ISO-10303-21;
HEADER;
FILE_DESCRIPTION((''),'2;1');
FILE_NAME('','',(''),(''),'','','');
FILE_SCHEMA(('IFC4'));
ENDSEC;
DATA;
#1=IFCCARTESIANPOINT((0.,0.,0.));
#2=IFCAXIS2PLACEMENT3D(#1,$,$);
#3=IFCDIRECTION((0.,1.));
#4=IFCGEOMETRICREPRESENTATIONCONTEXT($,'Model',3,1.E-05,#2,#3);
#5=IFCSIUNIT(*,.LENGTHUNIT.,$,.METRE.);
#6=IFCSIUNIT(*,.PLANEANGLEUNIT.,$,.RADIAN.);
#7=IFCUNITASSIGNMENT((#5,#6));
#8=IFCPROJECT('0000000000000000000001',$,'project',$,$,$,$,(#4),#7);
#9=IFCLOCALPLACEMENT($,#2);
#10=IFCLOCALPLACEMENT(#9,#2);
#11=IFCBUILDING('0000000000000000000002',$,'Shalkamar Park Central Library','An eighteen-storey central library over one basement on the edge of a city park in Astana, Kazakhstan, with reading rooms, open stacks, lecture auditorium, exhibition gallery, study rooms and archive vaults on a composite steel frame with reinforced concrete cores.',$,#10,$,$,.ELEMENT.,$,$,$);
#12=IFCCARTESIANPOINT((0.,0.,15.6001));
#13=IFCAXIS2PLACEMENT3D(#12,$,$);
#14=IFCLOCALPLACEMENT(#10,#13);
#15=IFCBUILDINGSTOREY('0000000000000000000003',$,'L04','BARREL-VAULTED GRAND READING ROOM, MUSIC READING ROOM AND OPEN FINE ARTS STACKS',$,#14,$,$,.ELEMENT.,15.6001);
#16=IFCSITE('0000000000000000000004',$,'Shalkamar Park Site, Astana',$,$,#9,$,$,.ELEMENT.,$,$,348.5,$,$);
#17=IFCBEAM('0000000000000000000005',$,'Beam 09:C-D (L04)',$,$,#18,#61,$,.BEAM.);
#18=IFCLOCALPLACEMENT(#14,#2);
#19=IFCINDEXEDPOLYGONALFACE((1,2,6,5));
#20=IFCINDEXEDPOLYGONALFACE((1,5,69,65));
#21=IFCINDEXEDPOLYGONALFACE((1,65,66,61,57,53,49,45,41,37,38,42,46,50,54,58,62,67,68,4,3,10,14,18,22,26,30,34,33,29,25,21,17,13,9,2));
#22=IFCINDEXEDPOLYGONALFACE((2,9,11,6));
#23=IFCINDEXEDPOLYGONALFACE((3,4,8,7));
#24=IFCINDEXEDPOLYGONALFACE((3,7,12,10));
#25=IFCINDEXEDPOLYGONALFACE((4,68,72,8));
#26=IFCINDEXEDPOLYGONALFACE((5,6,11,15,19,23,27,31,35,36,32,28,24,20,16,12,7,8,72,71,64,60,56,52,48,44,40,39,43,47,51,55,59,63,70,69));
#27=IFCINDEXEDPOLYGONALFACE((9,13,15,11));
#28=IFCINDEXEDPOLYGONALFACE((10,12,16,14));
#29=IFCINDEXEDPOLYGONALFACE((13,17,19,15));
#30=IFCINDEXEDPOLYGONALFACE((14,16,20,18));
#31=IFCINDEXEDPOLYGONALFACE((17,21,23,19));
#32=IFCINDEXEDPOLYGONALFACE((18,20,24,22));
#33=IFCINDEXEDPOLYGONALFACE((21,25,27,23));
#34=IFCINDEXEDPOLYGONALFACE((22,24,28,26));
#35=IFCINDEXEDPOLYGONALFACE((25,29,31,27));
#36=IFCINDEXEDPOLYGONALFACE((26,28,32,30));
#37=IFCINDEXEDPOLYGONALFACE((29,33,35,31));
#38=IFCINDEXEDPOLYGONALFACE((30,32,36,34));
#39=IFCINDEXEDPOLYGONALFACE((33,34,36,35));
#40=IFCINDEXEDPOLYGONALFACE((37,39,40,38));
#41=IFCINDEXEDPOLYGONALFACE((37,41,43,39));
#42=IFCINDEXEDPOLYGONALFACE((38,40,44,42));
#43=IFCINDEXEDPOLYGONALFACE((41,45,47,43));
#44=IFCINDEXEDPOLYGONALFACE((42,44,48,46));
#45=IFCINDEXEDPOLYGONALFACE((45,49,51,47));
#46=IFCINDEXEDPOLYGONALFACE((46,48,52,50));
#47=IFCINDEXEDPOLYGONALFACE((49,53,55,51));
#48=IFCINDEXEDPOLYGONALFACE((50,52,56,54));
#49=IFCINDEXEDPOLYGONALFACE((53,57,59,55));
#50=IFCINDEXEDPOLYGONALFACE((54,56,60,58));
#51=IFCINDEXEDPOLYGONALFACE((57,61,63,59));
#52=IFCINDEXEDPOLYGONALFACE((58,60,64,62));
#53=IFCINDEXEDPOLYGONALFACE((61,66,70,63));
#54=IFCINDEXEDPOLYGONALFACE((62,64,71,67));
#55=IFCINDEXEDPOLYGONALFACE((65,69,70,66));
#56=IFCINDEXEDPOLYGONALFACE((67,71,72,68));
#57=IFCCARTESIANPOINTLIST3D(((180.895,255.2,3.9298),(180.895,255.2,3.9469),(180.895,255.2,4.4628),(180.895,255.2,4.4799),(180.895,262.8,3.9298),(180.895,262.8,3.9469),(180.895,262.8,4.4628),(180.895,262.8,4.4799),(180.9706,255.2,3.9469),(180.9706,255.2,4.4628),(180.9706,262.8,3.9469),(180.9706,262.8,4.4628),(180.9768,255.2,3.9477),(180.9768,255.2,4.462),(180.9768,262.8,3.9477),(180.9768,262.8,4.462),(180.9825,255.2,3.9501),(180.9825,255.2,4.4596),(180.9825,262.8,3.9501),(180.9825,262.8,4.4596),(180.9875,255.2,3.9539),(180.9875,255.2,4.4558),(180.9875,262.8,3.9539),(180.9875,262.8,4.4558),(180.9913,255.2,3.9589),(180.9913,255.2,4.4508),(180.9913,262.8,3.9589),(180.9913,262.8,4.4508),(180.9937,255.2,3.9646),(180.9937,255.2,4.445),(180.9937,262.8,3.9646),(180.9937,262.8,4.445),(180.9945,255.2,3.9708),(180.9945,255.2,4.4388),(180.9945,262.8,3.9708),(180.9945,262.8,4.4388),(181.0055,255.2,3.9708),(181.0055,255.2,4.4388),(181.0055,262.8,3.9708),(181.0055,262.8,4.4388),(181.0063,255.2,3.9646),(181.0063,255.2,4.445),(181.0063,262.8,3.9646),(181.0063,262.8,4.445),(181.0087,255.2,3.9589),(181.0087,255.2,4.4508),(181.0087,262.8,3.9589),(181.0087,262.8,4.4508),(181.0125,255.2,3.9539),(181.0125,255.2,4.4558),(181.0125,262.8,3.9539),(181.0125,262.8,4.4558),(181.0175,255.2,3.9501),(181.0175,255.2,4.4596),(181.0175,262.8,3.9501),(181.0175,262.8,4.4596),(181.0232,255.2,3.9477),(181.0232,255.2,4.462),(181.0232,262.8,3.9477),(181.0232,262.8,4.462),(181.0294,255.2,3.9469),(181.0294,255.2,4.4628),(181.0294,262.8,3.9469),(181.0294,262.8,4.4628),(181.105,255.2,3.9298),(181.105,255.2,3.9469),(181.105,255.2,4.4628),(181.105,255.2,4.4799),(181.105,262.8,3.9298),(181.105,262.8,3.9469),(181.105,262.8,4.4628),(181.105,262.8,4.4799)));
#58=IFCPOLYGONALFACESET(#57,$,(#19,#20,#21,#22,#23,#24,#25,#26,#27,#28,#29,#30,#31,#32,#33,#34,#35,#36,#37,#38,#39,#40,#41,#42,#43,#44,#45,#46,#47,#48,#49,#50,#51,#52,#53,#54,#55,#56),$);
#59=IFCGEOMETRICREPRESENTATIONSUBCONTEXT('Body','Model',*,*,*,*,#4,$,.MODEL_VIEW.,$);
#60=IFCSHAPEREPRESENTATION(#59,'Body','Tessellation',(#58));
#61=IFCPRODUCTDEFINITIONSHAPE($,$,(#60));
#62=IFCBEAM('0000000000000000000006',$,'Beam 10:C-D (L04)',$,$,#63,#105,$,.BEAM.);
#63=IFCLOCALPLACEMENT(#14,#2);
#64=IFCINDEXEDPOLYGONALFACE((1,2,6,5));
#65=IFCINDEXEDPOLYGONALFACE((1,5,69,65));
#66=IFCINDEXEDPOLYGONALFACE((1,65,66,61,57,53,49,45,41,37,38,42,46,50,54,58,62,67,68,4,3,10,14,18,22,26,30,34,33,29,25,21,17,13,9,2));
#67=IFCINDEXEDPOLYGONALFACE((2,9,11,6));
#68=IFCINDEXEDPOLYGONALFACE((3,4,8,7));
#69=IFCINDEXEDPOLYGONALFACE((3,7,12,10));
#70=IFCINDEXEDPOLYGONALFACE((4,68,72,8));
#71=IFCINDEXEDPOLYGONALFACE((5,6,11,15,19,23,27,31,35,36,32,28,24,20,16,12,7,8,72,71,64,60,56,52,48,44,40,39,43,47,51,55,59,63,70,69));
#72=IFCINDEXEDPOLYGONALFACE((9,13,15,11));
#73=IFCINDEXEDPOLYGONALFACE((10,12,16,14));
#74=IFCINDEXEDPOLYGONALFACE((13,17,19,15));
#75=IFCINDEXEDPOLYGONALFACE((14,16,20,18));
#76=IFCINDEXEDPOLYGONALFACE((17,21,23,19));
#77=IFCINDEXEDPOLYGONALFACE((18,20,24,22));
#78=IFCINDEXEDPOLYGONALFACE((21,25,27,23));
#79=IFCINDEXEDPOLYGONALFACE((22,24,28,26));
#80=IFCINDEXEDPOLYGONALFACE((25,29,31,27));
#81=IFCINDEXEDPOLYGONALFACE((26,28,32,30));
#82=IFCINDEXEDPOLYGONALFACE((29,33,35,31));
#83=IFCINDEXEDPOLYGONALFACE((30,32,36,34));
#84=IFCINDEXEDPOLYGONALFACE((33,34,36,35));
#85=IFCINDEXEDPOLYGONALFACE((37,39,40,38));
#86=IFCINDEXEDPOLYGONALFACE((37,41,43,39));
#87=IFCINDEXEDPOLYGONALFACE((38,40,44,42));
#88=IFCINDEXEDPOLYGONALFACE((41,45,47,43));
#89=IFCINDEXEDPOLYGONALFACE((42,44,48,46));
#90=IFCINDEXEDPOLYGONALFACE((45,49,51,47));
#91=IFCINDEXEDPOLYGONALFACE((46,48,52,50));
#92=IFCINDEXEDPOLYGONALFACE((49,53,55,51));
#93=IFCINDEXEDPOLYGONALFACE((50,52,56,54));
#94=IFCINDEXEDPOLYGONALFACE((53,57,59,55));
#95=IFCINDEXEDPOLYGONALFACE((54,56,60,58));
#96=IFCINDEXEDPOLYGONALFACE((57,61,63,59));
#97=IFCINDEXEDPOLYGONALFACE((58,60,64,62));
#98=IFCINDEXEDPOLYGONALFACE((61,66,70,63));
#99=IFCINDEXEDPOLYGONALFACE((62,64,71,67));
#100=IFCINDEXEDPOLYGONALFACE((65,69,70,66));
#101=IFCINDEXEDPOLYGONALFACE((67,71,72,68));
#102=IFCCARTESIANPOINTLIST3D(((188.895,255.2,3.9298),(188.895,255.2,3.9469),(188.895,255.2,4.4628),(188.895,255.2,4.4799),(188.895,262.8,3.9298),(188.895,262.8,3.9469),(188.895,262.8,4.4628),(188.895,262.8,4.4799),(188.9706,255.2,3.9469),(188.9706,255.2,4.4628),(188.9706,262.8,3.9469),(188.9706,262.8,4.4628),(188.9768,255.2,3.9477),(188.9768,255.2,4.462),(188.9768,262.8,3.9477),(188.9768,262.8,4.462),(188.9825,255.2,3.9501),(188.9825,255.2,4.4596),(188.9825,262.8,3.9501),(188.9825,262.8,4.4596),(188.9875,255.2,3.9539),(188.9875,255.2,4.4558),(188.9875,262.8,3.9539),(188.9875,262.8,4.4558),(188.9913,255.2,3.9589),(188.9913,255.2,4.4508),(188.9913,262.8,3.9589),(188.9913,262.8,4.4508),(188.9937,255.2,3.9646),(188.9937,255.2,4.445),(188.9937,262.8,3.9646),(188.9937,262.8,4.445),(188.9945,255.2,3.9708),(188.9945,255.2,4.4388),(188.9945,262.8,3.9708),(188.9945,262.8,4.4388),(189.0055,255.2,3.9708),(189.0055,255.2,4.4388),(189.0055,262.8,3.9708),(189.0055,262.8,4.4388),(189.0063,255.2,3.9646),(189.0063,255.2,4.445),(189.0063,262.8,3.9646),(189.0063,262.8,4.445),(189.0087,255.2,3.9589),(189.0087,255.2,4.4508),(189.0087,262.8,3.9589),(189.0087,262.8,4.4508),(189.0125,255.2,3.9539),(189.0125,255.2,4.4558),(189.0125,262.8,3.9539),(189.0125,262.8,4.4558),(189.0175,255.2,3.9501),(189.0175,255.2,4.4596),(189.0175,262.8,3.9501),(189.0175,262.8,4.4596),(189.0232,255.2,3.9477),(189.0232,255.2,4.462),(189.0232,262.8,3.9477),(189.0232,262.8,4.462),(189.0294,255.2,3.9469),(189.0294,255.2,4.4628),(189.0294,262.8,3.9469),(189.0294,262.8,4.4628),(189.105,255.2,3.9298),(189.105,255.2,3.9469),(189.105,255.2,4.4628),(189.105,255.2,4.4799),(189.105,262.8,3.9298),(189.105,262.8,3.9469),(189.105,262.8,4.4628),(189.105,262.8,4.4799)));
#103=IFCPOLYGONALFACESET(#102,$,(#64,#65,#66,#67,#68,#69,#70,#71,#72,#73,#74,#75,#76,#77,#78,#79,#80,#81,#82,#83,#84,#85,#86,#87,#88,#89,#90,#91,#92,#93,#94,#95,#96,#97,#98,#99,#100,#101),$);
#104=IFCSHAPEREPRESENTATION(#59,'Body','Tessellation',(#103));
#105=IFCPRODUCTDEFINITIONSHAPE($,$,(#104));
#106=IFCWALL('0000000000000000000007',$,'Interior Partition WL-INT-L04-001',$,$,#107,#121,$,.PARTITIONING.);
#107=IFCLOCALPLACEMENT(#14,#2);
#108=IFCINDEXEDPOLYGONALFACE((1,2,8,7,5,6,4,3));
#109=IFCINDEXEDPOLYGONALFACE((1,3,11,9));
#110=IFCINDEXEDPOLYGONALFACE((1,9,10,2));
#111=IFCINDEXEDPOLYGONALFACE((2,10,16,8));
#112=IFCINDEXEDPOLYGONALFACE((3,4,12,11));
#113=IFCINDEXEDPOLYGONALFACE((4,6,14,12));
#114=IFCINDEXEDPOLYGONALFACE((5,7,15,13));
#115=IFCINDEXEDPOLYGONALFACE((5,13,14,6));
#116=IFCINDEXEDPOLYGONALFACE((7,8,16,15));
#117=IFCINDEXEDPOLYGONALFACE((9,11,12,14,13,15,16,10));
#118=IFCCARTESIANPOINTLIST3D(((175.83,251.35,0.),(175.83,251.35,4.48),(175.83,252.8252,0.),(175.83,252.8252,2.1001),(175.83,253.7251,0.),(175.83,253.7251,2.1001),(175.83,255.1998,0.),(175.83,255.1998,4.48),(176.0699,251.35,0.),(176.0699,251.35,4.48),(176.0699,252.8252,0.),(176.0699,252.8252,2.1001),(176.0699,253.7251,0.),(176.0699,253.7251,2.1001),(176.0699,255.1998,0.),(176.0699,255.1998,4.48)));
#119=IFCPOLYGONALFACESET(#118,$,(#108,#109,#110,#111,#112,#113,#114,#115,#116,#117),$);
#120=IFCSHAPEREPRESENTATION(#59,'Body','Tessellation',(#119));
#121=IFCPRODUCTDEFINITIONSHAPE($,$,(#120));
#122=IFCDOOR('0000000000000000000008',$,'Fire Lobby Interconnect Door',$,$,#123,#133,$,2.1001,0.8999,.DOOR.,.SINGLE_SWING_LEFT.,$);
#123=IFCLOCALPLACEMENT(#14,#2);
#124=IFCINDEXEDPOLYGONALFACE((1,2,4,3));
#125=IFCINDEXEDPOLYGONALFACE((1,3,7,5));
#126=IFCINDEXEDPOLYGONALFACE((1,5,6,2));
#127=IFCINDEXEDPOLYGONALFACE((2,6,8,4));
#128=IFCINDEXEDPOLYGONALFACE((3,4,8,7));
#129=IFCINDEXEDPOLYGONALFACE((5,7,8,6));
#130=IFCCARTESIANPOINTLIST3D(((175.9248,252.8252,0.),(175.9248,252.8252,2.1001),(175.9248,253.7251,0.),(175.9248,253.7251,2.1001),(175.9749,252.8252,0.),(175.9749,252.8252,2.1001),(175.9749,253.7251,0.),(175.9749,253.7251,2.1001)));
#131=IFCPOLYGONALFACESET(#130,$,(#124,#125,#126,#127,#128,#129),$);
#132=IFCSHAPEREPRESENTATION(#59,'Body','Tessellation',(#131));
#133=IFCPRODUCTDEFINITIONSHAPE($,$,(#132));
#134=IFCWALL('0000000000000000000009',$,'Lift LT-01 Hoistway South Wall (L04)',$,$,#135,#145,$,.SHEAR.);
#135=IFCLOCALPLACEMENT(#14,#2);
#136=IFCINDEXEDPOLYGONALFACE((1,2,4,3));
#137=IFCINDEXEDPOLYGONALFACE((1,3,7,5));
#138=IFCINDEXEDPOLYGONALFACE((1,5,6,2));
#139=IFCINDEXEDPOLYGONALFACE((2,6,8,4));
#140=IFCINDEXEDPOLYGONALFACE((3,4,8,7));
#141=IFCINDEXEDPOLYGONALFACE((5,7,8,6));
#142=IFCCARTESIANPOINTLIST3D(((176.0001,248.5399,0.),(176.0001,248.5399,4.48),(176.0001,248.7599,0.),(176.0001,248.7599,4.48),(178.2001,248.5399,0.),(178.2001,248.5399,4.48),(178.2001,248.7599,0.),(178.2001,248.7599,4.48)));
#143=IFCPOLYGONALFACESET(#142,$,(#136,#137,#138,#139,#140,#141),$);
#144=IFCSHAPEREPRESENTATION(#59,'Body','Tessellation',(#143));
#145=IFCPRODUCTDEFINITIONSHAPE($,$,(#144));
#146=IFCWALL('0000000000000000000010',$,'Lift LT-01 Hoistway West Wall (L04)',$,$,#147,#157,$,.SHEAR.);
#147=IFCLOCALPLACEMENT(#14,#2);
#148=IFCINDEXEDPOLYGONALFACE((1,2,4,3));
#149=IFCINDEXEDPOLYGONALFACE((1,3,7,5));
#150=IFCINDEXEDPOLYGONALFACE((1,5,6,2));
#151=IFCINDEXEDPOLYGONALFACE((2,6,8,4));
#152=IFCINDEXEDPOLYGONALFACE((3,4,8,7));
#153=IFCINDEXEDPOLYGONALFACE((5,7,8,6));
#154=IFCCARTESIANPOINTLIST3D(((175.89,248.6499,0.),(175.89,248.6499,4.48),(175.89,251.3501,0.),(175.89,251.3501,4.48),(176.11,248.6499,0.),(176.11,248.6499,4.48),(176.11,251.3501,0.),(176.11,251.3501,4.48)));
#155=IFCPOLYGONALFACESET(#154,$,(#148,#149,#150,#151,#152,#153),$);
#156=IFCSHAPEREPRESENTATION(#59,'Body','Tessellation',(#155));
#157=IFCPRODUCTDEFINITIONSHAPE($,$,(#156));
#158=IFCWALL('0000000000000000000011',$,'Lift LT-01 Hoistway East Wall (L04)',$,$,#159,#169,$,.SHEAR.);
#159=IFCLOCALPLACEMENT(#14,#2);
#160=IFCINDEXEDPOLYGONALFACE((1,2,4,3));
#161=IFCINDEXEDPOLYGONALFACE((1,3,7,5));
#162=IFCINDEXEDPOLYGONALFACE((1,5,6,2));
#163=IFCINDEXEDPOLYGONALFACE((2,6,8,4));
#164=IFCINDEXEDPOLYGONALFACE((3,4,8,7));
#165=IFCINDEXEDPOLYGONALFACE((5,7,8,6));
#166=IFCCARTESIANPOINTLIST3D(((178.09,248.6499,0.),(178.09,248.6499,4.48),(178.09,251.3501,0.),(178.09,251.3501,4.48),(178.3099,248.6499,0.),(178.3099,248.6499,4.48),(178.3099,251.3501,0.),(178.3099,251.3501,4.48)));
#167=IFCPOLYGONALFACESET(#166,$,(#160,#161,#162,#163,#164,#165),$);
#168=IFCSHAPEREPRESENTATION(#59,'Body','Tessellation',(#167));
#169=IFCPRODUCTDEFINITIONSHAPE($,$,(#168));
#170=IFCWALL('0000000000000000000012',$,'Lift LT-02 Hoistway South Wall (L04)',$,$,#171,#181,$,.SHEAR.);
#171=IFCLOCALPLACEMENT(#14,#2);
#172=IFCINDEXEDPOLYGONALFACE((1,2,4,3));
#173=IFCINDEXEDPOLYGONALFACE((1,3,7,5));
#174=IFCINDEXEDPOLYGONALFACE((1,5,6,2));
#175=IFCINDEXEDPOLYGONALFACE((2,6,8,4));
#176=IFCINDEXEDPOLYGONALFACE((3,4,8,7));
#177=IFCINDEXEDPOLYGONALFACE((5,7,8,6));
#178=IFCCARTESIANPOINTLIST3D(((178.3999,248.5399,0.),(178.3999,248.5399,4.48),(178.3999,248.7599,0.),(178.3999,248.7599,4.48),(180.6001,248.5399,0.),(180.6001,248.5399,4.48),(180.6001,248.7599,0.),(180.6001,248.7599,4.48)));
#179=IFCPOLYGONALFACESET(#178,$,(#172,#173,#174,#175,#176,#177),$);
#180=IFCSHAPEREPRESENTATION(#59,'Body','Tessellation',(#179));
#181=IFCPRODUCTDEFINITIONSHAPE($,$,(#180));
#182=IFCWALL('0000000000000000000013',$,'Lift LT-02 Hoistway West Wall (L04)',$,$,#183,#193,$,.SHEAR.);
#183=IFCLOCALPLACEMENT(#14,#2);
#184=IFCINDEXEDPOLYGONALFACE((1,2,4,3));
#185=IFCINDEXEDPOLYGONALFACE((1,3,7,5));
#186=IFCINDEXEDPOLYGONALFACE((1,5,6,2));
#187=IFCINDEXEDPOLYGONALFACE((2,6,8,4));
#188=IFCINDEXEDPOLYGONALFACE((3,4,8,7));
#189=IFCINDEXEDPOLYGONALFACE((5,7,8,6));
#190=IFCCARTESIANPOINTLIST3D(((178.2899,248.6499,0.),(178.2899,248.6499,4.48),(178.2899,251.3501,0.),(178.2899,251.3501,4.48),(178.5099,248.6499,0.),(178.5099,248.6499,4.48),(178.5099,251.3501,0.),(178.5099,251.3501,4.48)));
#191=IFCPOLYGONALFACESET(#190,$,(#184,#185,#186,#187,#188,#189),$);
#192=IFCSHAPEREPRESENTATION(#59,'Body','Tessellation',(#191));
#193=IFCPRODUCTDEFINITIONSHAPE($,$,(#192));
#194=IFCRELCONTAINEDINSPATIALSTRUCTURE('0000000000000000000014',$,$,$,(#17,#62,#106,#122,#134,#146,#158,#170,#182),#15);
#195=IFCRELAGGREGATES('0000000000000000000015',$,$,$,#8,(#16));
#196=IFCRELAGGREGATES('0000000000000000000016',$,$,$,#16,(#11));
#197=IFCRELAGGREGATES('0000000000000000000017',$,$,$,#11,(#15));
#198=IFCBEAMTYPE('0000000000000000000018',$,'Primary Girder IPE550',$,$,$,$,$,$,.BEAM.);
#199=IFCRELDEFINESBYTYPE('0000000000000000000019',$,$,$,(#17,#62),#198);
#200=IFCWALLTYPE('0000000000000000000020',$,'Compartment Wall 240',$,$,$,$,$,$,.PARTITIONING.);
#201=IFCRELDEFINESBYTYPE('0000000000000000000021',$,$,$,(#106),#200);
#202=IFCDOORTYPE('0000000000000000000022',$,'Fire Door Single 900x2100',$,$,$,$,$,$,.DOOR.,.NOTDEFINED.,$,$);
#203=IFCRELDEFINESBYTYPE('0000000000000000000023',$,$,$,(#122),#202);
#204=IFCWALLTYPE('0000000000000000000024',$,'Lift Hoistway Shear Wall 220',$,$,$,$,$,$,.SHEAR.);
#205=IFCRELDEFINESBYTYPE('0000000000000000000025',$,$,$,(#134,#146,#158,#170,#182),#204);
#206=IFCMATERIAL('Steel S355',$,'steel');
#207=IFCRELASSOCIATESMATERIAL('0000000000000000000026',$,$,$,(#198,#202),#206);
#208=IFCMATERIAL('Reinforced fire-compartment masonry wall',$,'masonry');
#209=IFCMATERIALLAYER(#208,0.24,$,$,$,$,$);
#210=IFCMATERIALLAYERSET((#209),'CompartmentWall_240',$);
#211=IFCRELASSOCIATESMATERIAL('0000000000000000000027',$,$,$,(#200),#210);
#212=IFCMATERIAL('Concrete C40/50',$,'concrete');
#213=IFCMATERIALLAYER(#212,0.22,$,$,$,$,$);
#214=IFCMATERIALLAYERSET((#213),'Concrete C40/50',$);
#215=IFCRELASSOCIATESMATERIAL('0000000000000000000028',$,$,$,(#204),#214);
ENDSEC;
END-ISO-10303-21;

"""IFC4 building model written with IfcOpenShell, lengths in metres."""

from ifc_helpers import new_model, si_unit, direction, frame, frame_2d, origin, origin_2d, place, context, subcontext, project, spatial, rectangle, i_section, extrude, material, layer, layer_set, material_profile, profile_set, type_object, element, fill, save


model = new_model("IFC4")

# Units and contexts
model_context = context("Model", 3, precision=1e-05, world=origin(), true_north=direction((0.0, 1.0)))
body_context = subcontext(model_context, "Body", "Model", "MODEL_VIEW")
ifc_project = project(units=[si_unit("LENGTHUNIT", "METRE"), si_unit("PLANEANGLEUNIT", "RADIAN")], contexts=[model_context])

# Site, building, storey
site_placement = place(None, origin())
site = spatial("IfcSite", under=ifc_project, at=site_placement, Name="Shalkamar Park Site, Astana", CompositionType="ELEMENT", RefElevation=348.5)
building_placement = place(site_placement, origin())
building = spatial("IfcBuilding", under=site, at=building_placement, Name="Shalkamar Park Central Library", Description="An eighteen-storey central library over one basement on the edge of a city park in Astana, Kazakhstan, with reading rooms, open stacks, lecture auditorium, exhibition gallery, study rooms and archive vaults on a composite steel frame with reinforced concrete cores.", CompositionType="ELEMENT")
storey_placement = place(building_placement, frame((0.0, 0.0, 15.6001)))
storey = spatial("IfcBuildingStorey", under=building, at=storey_placement, Name="L04", Description="BARREL-VAULTED GRAND READING ROOM, MUSIC READING ROOM AND OPEN FINE ARTS STACKS", CompositionType="ELEMENT", Elevation=15.6001)

# Shared definitions
ifc_material_1 = material(Name="Steel S355", Category="steel")

# Beams
ifc_material_profile_1 = material_profile(ifc_material_1, i_section(OverallWidth=0.21, OverallDepth=0.55, WebThickness=0.011, FlangeThickness=0.0171, FilletRadius=0.0239, at=origin_2d()), Name="IPE 550")
ifc_profile_set_1 = profile_set([ifc_material_profile_1], Name="Steel S355")
beam_type_1 = type_object("IfcBeamType", Name="Primary Girder IPE550", PredefinedType="BEAM", material=ifc_profile_set_1)
for number, where, z_axis, x_axis, name in (
    (1, (181.0, 255.2, 4.2048), (0.0, 1.0, 0.0), (-1.0, 0.0, 0.0), "Beam 09:C-D (L04)"),
    (2, (189.0, 255.2, 4.2048), (0.0, 1.0, 0.0), (-1.0, 0.0, 0.0), "Beam 10:C-D (L04)"),
):
    element("IfcBeam", number, at=place(storey_placement, frame(where, z_axis=z_axis, x_axis=x_axis)), inside=storey, type_object=beam_type_1, Name=name, PredefinedType="BEAM", context=body_context, shape_type="SweptSolid", body=[
        extrude(i_section(OverallWidth=0.21, OverallDepth=0.55, WebThickness=0.011, FlangeThickness=0.0171, FilletRadius=0.0239, at=origin_2d()), origin(), (0.0, 0.0, 1.0), 7.6001),
    ])

# Wall, opening, door
ifc_material_2 = material(Name="Reinforced fire-compartment masonry wall", Category="masonry")
ifc_layer_1 = layer(ifc_material_2, 0.24)
ifc_layer_set_1 = layer_set([ifc_layer_1], Name="CompartmentWall_240")
wall_type_1 = type_object("IfcWallType", Name="Compartment Wall 240", PredefinedType="PARTITIONING", material=ifc_layer_set_1)
wall_1_placement = place(storey_placement, frame((175.95, 251.3501, 0.0), z_axis=(0.0, 0.0, 1.0), x_axis=(0.0, 1.0, 0.0)))
wall_1 = element("IfcWall", 3, at=wall_1_placement, inside=storey, type_object=wall_type_1, Name="Interior Partition WL-INT-L04-001", PredefinedType="PARTITIONING", context=body_context, shape_type="SweptSolid", body=[
    extrude(rectangle(XDim=3.8499, YDim=0.24, at=frame_2d((1.9248, 0.0))), origin(), (0.0, 0.0, 1.0), 4.48),
])
opening_1_placement = place(wall_1_placement, frame((1.4751, 0.0, 0.0)))
opening_1 = element("IfcOpeningElement", 4, at=opening_1_placement, cuts=wall_1, PredefinedType="OPENING", context=body_context, shape_type="SweptSolid", body=[
    extrude(rectangle(XDim=0.8999, YDim=2.1001, at=frame_2d((0.45, 1.05))), frame((0.0, 0.1348, 0.0), z_axis=(0.0, -1.0, 0.0), x_axis=(1.0, 0.0, 0.0)), (0.0, 0.0, 1.0), 0.2698),
])
door_type_1 = type_object("IfcDoorType", Name="Fire Door Single 900x2100", OperationType="NOTDEFINED", PredefinedType="DOOR", material=ifc_material_1)
door_1_placement = place(opening_1_placement, frame((0.8999, 0.0, 0.0), z_axis=(0.0, 0.0, 1.0), x_axis=(-1.0, 0.0, 0.0)))
door_1 = element("IfcDoor", 5, at=door_1_placement, inside=storey, type_object=door_type_1, Name="Fire Lobby Interconnect Door", OperationType="SINGLE_SWING_LEFT", OverallHeight=2.1001, OverallWidth=0.8999, PredefinedType="DOOR", context=body_context, shape_type="SweptSolid", body=[
    extrude(rectangle(XDim=0.8999, YDim=2.1001, at=frame_2d((0.45, 1.05))), frame((0.0, 0.0249, 0.0), z_axis=(0.0, -1.0, 0.0), x_axis=(1.0, 0.0, 0.0)), (0.0, 0.0, 1.0), 0.05),
])
fill(opening_1, door_1)

# Walls
ifc_material_3 = material(Name="Concrete C40/50", Category="concrete")
ifc_layer_2 = layer(ifc_material_3, 0.22)
ifc_layer_set_2 = layer_set([ifc_layer_2], Name="Concrete C40/50")
wall_type_2 = type_object("IfcWallType", Name="Lift Hoistway Shear Wall 220", PredefinedType="SHEAR", material=ifc_layer_set_2)
wall_2_placement = place(storey_placement, frame((176.0, 248.6499, 0.0), z_axis=(0.0, 0.0, 1.0), x_axis=(1.0, 0.0, 0.0)))
element("IfcWall", 6, at=wall_2_placement, inside=storey, type_object=wall_type_2, Name="Lift LT-01 Hoistway South Wall (L04)", PredefinedType="SHEAR", context=body_context, shape_type="SweptSolid", body=[
    extrude(rectangle(XDim=2.2, YDim=0.22, at=frame_2d((1.1001, 0.0))), origin(), (0.0, 0.0, 1.0), 4.48),
])
for number, where, z_axis, x_axis, name in (
    (7, (176.0, 248.6499, 0.0), (0.0, 0.0, 1.0), (0.0, 1.0, 0.0), "Lift LT-01 Hoistway West Wall (L04)"),
    (8, (178.2, 248.6499, 0.0), (0.0, 0.0, 1.0), (0.0, 1.0, 0.0), "Lift LT-01 Hoistway East Wall (L04)"),
):
    element("IfcWall", number, at=place(storey_placement, frame(where, z_axis=z_axis, x_axis=x_axis)), inside=storey, type_object=wall_type_2, Name=name, PredefinedType="SHEAR", context=body_context, shape_type="SweptSolid", body=[
        extrude(rectangle(XDim=2.7002, YDim=0.22, at=frame_2d((1.3501, 0.0))), origin(), (0.0, 0.0, 1.0), 4.48),
    ])

# Walls
wall_3_placement = place(storey_placement, frame((178.3999, 248.6499, 0.0), z_axis=(0.0, 0.0, 1.0), x_axis=(1.0, 0.0, 0.0)))
element("IfcWall", 9, at=wall_3_placement, inside=storey, type_object=wall_type_2, Name="Lift LT-02 Hoistway South Wall (L04)", PredefinedType="SHEAR", context=body_context, shape_type="SweptSolid", body=[
    extrude(rectangle(XDim=2.2002, YDim=0.22, at=frame_2d((1.1001, 0.0))), origin(), (0.0, 0.0, 1.0), 4.48),
])
for number, where, z_axis, x_axis, name in (
    (10, (178.3999, 248.6499, 0.0), (0.0, 0.0, 1.0), (0.0, 1.0, 0.0), "Lift LT-02 Hoistway West Wall (L04)"),
):
    element("IfcWall", number, at=place(storey_placement, frame(where, z_axis=z_axis, x_axis=x_axis)), inside=storey, type_object=wall_type_2, Name=name, PredefinedType="SHEAR", context=body_context, shape_type="SweptSolid", body=[
        extrude(rectangle(XDim=2.7002, YDim=0.22, at=frame_2d((1.3501, 0.0))), origin(), (0.0, 0.0, 1.0), 4.48),
    ])

save(model, "model.ifc")
